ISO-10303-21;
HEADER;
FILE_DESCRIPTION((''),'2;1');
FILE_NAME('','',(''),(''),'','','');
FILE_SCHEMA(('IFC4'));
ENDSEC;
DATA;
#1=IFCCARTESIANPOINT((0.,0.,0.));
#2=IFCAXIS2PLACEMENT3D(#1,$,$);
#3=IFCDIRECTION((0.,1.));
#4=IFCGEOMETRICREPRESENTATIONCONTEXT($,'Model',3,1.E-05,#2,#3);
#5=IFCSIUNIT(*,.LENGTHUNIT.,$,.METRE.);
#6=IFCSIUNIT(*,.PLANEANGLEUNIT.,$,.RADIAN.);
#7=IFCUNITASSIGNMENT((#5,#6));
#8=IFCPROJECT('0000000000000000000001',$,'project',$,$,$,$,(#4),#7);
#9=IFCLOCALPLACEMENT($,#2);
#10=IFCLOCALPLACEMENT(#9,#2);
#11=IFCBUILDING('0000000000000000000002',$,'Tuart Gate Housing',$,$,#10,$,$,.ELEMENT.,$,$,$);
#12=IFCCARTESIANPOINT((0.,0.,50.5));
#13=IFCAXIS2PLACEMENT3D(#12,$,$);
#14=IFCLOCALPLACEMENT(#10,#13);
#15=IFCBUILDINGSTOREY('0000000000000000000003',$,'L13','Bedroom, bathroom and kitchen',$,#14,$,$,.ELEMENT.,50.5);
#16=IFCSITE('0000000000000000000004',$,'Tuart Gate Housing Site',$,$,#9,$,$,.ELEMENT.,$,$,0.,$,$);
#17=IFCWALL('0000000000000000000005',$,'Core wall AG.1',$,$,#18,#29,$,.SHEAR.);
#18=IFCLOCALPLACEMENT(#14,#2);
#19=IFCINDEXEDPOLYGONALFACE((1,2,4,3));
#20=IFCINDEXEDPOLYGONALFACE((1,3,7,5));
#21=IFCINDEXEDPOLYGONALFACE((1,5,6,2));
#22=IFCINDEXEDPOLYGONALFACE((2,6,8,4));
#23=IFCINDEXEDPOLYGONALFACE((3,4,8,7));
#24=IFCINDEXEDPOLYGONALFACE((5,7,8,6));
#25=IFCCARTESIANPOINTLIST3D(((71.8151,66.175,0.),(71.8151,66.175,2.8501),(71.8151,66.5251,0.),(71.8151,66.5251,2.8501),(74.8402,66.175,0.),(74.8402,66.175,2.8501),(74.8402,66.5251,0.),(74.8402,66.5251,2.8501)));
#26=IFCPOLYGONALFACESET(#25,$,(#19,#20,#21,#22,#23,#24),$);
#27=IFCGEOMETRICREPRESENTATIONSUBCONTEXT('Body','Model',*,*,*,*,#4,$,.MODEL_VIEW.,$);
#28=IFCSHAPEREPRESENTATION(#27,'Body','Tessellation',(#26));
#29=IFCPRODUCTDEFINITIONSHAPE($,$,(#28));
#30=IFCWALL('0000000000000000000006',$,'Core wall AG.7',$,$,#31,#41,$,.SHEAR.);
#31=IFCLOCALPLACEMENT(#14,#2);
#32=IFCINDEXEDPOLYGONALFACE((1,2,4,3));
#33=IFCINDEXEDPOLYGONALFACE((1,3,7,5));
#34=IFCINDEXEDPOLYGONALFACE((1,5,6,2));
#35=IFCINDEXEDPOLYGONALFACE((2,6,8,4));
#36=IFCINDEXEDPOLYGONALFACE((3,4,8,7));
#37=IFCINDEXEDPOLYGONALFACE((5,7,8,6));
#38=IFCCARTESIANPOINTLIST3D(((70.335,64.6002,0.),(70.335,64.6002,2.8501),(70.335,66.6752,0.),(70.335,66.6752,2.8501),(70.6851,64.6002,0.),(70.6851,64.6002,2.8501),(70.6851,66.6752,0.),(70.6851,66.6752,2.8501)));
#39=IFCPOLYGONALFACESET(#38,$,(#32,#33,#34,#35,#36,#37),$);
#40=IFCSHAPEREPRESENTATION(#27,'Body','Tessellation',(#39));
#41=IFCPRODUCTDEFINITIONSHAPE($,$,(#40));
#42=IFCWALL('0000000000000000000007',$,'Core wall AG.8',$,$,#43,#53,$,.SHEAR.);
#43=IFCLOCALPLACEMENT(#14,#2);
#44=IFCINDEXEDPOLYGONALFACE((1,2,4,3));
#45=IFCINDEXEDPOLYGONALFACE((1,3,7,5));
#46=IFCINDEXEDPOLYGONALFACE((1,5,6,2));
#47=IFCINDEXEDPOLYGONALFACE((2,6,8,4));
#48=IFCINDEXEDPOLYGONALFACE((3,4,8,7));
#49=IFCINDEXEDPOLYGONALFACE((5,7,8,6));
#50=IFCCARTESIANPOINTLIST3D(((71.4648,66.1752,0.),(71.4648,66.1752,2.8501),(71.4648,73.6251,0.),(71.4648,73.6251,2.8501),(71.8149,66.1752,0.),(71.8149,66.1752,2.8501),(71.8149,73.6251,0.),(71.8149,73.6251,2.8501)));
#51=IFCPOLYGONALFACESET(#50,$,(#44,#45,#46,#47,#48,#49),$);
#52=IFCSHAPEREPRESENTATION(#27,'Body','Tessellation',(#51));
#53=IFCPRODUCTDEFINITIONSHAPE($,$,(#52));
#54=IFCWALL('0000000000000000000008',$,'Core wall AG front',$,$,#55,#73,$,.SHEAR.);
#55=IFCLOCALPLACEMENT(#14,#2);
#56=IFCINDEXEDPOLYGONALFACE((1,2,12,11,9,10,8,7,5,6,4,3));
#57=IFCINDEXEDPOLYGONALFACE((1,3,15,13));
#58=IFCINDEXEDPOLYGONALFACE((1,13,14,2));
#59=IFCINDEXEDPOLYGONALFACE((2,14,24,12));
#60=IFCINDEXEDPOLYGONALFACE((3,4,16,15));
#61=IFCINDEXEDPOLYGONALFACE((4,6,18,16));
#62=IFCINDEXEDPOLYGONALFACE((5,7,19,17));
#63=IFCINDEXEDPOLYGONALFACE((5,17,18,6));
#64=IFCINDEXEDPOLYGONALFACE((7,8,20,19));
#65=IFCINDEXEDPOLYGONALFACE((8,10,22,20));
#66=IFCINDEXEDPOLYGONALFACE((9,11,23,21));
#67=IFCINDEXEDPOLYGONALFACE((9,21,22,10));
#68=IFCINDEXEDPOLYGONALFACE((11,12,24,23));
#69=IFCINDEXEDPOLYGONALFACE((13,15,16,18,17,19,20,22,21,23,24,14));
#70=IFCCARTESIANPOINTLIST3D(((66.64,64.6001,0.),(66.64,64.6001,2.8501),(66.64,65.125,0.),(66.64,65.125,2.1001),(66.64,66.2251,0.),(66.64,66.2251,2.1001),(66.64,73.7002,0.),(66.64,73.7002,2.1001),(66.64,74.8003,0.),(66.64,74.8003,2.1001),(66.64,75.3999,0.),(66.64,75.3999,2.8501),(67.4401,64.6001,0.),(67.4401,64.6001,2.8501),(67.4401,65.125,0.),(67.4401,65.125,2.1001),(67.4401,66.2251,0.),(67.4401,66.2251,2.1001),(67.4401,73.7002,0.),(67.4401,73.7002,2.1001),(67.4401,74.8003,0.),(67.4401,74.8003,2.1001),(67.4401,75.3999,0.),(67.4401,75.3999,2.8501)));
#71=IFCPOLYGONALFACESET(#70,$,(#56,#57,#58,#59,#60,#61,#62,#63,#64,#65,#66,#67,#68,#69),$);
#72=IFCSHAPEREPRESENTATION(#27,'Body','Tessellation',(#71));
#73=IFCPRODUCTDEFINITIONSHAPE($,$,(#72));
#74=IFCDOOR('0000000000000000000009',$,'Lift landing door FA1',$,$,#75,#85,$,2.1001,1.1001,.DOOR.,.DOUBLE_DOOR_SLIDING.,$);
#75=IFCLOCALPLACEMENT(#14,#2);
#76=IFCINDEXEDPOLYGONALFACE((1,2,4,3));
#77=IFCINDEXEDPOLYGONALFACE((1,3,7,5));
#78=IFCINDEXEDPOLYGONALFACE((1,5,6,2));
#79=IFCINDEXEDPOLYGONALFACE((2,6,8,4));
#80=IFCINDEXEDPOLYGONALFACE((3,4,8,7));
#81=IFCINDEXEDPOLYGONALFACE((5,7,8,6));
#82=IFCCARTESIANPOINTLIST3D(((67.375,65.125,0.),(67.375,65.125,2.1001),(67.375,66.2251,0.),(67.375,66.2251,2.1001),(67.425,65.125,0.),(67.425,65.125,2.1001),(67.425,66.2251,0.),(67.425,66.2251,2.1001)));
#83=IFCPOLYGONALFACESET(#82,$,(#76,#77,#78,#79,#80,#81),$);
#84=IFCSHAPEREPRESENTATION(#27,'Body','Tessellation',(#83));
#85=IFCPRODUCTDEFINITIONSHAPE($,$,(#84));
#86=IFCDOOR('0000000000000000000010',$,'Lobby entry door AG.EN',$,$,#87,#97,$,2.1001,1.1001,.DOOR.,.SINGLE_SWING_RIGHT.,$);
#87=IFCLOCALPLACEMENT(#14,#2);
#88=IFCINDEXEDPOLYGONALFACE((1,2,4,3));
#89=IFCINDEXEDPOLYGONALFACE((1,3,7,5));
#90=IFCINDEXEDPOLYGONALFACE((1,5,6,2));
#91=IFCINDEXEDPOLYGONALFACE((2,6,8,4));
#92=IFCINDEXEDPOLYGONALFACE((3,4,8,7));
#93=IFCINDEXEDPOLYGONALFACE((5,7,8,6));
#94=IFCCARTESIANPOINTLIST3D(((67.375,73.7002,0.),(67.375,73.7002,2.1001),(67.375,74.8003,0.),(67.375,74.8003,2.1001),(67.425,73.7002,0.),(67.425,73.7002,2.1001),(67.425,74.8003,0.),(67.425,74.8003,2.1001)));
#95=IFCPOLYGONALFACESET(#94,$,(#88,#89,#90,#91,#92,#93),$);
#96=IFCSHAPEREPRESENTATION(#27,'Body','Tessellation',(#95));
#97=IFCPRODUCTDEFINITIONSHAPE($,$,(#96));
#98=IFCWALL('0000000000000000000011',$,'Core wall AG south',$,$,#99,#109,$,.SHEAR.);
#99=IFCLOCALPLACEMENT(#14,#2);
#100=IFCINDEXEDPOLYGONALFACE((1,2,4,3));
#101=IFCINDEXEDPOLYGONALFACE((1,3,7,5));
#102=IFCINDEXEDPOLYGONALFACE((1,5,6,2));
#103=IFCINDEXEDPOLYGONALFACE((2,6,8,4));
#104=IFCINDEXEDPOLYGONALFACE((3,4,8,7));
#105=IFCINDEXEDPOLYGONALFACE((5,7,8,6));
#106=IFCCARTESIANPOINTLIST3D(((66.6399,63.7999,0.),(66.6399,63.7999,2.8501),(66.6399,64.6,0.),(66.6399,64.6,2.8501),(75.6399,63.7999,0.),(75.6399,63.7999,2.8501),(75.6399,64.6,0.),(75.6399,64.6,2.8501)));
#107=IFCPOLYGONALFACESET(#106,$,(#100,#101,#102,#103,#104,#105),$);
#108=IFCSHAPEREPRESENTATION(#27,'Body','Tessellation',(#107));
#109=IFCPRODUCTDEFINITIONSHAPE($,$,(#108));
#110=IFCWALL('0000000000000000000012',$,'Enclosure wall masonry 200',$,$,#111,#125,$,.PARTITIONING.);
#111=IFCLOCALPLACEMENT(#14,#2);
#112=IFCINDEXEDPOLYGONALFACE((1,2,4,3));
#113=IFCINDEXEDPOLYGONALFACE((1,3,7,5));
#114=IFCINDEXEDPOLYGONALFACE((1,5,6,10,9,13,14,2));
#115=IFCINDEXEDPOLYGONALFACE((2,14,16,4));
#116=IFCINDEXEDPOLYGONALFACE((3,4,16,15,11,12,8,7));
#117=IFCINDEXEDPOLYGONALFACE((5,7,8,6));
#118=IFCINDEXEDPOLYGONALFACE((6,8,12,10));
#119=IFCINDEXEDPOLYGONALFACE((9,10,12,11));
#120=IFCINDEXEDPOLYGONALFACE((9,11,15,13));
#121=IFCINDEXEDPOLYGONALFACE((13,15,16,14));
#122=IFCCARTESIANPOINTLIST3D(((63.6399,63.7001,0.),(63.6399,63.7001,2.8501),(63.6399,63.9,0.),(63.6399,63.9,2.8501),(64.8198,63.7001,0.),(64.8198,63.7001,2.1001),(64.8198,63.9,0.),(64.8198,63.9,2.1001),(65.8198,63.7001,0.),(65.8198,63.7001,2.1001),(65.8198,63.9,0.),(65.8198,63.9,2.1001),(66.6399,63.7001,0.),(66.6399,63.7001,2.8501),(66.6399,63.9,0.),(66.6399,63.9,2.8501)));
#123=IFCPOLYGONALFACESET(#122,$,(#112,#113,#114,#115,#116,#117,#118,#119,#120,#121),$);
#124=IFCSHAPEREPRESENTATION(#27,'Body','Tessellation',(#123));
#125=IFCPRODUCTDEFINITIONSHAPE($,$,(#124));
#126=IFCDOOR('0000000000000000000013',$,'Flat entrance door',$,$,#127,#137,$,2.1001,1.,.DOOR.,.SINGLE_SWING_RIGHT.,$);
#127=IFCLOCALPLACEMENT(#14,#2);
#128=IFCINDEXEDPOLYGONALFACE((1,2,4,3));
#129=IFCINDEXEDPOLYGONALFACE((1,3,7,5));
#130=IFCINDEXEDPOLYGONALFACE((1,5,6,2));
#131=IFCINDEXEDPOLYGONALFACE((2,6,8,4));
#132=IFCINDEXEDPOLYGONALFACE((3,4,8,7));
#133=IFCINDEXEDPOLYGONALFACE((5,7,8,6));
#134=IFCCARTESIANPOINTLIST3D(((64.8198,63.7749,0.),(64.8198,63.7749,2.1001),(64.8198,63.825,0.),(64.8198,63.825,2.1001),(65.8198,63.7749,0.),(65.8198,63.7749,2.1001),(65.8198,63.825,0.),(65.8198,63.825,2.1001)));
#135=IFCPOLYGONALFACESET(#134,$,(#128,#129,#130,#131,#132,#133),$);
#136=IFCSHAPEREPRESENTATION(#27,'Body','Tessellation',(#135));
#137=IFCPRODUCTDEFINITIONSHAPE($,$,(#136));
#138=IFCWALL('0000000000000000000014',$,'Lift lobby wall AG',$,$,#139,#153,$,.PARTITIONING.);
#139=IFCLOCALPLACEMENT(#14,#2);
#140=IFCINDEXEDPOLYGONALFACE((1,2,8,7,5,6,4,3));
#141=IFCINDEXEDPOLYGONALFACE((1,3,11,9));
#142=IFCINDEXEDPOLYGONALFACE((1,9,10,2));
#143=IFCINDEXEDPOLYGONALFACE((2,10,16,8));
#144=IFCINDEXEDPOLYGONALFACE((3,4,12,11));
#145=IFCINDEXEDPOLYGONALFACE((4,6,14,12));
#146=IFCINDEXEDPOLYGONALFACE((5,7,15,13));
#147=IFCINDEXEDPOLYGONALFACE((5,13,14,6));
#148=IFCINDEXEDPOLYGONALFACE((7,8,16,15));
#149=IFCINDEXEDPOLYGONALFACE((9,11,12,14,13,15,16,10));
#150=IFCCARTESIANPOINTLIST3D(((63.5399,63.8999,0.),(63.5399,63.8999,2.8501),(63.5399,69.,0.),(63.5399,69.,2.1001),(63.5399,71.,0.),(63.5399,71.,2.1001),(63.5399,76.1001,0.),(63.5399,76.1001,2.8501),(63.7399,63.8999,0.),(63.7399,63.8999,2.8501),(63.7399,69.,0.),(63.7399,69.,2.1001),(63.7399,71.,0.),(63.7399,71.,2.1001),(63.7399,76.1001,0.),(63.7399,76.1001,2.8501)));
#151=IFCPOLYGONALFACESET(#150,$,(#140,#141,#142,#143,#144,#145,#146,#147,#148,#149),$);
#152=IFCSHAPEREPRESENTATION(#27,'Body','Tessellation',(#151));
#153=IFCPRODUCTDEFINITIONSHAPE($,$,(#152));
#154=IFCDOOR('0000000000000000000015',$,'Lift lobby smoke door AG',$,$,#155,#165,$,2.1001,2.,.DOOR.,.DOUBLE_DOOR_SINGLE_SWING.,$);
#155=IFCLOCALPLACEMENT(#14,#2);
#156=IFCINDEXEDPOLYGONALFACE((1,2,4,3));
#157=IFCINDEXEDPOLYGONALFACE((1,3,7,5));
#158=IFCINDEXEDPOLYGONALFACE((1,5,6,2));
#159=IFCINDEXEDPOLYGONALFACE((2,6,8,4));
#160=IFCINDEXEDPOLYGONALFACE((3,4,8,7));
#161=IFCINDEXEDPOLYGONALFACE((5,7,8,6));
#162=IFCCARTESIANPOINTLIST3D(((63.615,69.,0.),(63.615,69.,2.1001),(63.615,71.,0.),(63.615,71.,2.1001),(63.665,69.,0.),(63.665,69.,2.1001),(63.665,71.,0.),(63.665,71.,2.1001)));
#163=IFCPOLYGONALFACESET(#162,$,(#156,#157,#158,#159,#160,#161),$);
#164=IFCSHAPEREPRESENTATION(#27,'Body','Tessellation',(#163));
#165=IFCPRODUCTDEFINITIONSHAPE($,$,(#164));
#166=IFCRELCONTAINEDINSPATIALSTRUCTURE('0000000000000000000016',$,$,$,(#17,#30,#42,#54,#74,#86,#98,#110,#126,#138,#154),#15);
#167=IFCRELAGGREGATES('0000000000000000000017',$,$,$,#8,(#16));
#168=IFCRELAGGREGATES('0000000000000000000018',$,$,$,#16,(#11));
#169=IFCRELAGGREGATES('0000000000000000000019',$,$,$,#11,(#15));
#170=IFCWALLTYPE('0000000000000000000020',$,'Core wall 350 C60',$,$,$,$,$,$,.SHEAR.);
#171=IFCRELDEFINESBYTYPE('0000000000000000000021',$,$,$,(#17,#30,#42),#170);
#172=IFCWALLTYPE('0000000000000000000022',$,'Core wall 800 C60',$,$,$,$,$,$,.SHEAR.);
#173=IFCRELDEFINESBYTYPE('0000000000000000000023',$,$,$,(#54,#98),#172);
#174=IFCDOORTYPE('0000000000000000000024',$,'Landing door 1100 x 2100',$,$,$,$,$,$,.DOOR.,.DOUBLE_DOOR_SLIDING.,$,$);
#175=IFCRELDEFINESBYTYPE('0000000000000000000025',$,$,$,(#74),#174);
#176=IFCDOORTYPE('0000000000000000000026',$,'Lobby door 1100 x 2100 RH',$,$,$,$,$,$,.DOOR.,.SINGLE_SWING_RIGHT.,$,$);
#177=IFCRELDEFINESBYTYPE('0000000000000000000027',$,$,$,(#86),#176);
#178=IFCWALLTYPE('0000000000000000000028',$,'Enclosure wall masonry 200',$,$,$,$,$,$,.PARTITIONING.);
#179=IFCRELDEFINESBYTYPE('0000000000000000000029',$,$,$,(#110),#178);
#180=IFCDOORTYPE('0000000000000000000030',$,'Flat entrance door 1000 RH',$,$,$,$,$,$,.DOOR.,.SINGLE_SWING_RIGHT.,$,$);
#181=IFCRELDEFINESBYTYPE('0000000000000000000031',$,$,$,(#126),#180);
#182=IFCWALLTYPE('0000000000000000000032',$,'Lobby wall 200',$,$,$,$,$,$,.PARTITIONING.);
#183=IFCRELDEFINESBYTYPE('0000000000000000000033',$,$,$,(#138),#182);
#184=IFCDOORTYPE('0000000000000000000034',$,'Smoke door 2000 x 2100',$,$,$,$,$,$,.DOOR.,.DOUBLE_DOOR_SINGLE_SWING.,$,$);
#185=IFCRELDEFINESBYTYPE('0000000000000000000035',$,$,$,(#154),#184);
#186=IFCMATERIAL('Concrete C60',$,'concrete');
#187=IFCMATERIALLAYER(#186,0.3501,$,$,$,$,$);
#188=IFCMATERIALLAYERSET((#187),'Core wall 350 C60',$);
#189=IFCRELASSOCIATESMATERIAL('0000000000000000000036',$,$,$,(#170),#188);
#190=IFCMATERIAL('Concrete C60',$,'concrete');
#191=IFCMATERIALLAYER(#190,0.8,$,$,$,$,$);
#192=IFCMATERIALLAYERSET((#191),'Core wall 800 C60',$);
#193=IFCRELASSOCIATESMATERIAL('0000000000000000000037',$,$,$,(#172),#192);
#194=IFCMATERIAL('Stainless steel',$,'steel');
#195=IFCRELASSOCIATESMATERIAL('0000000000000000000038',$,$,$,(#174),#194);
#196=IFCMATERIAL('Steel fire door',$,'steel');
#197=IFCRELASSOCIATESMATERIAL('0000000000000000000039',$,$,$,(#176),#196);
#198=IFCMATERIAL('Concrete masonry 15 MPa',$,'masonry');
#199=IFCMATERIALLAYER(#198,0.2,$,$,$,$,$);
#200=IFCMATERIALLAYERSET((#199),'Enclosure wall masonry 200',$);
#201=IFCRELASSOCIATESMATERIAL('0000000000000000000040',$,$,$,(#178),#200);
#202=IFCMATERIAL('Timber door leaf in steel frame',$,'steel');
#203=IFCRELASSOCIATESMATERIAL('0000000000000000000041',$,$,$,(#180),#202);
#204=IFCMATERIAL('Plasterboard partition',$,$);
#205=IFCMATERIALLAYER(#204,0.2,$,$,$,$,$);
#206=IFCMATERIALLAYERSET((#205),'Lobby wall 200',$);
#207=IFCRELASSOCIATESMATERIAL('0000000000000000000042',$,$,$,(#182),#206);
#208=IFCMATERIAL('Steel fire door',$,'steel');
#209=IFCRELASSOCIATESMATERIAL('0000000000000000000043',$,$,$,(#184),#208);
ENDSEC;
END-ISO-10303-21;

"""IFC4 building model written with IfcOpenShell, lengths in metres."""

from ifc_helpers import new_model, si_unit, direction, frame, frame_2d, origin, place, context, subcontext, project, spatial, rectangle, extrude, material, layer, layer_set, type_object, element, fill, save


model = new_model("IFC4")

# Units and contexts
model_context = context("Model", 3, precision=1e-05, world=origin(), true_north=direction((0.0, 1.0)))
body_context = subcontext(model_context, "Body", "Model", "MODEL_VIEW")
ifc_project = project(units=[si_unit("LENGTHUNIT", "METRE"), si_unit("PLANEANGLEUNIT", "RADIAN")], contexts=[model_context])

# Site, building, storey
site_placement = place(None, origin())
site = spatial("IfcSite", under=ifc_project, at=site_placement, Name="Tuart Gate Housing Site", CompositionType="ELEMENT", RefElevation=0.0)
building_placement = place(site_placement, origin())
building = spatial("IfcBuilding", under=site, at=building_placement, Name="Tuart Gate Housing", CompositionType="ELEMENT")
storey_placement = place(building_placement, frame((0.0, 0.0, 50.5)))
storey = spatial("IfcBuildingStorey", under=building, at=storey_placement, Name="L13", Description="Bedroom, bathroom and kitchen", CompositionType="ELEMENT", Elevation=50.5)

# Walls
ifc_material_1 = material(Name="Concrete C60", Category="concrete")
ifc_layer_1 = layer(ifc_material_1, 0.3501)
ifc_layer_set_1 = layer_set([ifc_layer_1], Name="Core wall 350 C60")
wall_type_1 = type_object("IfcWallType", Name="Core wall 350 C60", PredefinedType="SHEAR", material=ifc_layer_set_1)
wall_1_placement = place(storey_placement, frame((71.8149, 66.3501, 0.0), z_axis=(0.0, 0.0, 1.0), x_axis=(1.0, 0.0, 0.0)))
element("IfcWall", 1, at=wall_1_placement, inside=storey, type_object=wall_type_1, Name="Core wall AG.1", PredefinedType="SHEAR", context=body_context, shape_type="SweptSolid", body=[
    extrude(rectangle(XDim=3.0251, YDim=0.3501, at=frame_2d((1.5127, 0.0))), origin(), (0.0, 0.0, 1.0), 2.8501),
])
wall_2_placement = place(storey_placement, frame((70.51, 64.6001, 0.0), z_axis=(0.0, 0.0, 1.0), x_axis=(0.0, 1.0, 0.0)))
element("IfcWall", 2, at=wall_2_placement, inside=storey, type_object=wall_type_1, Name="Core wall AG.7", PredefinedType="SHEAR", context=body_context, shape_type="SweptSolid", body=[
    extrude(rectangle(XDim=2.075, YDim=0.3501, at=frame_2d((1.0376, 0.0))), origin(), (0.0, 0.0, 1.0), 2.8501),
])
wall_3_placement = place(storey_placement, frame((71.6399, 66.175, 0.0), z_axis=(0.0, 0.0, 1.0), x_axis=(0.0, 1.0, 0.0)))
element("IfcWall", 3, at=wall_3_placement, inside=storey, type_object=wall_type_1, Name="Core wall AG.8", PredefinedType="SHEAR", context=body_context, shape_type="SweptSolid", body=[
    extrude(rectangle(XDim=7.45, YDim=0.3501, at=frame_2d((3.7251, 0.0))), origin(), (0.0, 0.0, 1.0), 2.8501),
])

# Wall, openings, doors
ifc_material_2 = material(Name="Concrete C60", Category="concrete")
ifc_layer_2 = layer(ifc_material_2, 0.8)
ifc_layer_set_2 = layer_set([ifc_layer_2], Name="Core wall 800 C60")
wall_type_2 = type_object("IfcWallType", Name="Core wall 800 C60", PredefinedType="SHEAR", material=ifc_layer_set_2)
wall_4_placement = place(storey_placement, frame((67.04, 64.6001, 0.0), z_axis=(0.0, 0.0, 1.0), x_axis=(0.0, 1.0, 0.0)))
wall_4 = element("IfcWall", 4, at=wall_4_placement, inside=storey, type_object=wall_type_2, Name="Core wall AG front", PredefinedType="SHEAR", context=body_context, shape_type="SweptSolid", body=[
    extrude(rectangle(XDim=10.7998, YDim=0.8, at=frame_2d((5.3999, 0.0))), origin(), (0.0, 0.0, 1.0), 2.8501),
])
opening_1_placement = place(wall_4_placement, frame((0.5249, 0.0, 0.0)))
opening_1 = element("IfcOpeningElement", 5, at=opening_1_placement, cuts=wall_4, PredefinedType="OPENING", context=body_context, shape_type="SweptSolid", body=[
    extrude(rectangle(XDim=1.1001, YDim=2.1001, at=frame_2d((0.55, 1.05))), frame((0.0, 0.4099, 0.0), z_axis=(0.0, -1.0, 0.0), x_axis=(1.0, 0.0, 0.0)), (0.0, 0.0, 1.0), 0.8201),
])
opening_2_placement = place(wall_4_placement, frame((9.1001, 0.0, 0.0)))
opening_2 = element("IfcOpeningElement", 6, at=opening_2_placement, cuts=wall_4, PredefinedType="OPENING", context=body_context, shape_type="SweptSolid", body=[
    extrude(rectangle(XDim=1.1001, YDim=2.1001, at=frame_2d((0.55, 1.05))), frame((0.0, 0.4099, 0.0), z_axis=(0.0, -1.0, 0.0), x_axis=(1.0, 0.0, 0.0)), (0.0, 0.0, 1.0), 0.8201),
])
ifc_material_3 = material(Name="Stainless steel", Category="steel")
door_type_1 = type_object("IfcDoorType", Name="Landing door 1100 x 2100", OperationType="DOUBLE_DOOR_SLIDING", PredefinedType="DOOR", material=ifc_material_3)
door_1_placement = place(opening_1_placement, origin())
door_1 = element("IfcDoor", 7, at=door_1_placement, inside=storey, type_object=door_type_1, Name="Lift landing door FA1", OperationType="DOUBLE_DOOR_SLIDING", OverallHeight=2.1001, OverallWidth=1.1001, PredefinedType="DOOR", context=body_context, shape_type="SweptSolid", body=[
    extrude(rectangle(XDim=1.1001, YDim=2.1001, at=frame_2d((0.55, 1.05))), frame((0.0, -0.335, 0.0), z_axis=(0.0, -1.0, 0.0), x_axis=(1.0, 0.0, 0.0)), (0.0, 0.0, 1.0), 0.05),
])
fill(opening_1, door_1)
ifc_material_4 = material(Name="Steel fire door", Category="steel")
door_type_2 = type_object("IfcDoorType", Name="Lobby door 1100 x 2100 RH", OperationType="SINGLE_SWING_RIGHT", PredefinedType="DOOR", material=ifc_material_4)
door_2_placement = place(opening_2_placement, frame((1.1001, 0.0, 0.0), z_axis=(0.0, 0.0, 1.0), x_axis=(-1.0, 0.0, 0.0)))
door_2 = element("IfcDoor", 8, at=door_2_placement, inside=storey, type_object=door_type_2, Name="Lobby entry door AG.EN", OperationType="SINGLE_SWING_RIGHT", OverallHeight=2.1001, OverallWidth=1.1001, PredefinedType="DOOR", context=body_context, shape_type="SweptSolid", body=[
    extrude(rectangle(XDim=1.1001, YDim=2.1001, at=frame_2d((0.55, 1.05))), frame((0.0, 0.385, 0.0), z_axis=(0.0, -1.0, 0.0), x_axis=(1.0, 0.0, 0.0)), (0.0, 0.0, 1.0), 0.05),
])
fill(opening_2, door_2)

# Wall
wall_5_placement = place(storey_placement, frame((66.6399, 64.2, 0.0), z_axis=(0.0, 0.0, 1.0), x_axis=(1.0, 0.0, 0.0)))
element("IfcWall", 9, at=wall_5_placement, inside=storey, type_object=wall_type_2, Name="Core wall AG south", PredefinedType="SHEAR", context=body_context, shape_type="SweptSolid", body=[
    extrude(rectangle(XDim=9.0, YDim=0.8, at=frame_2d((4.5, 0.0))), origin(), (0.0, 0.0, 1.0), 2.8501),
])

# Walls, openings, doors
ifc_material_5 = material(Name="Concrete masonry 15 MPa", Category="masonry")
ifc_layer_3 = layer(ifc_material_5, 0.2)
ifc_layer_set_3 = layer_set([ifc_layer_3], Name="Enclosure wall masonry 200")
wall_type_3 = type_object("IfcWallType", Name="Enclosure wall masonry 200", PredefinedType="PARTITIONING", material=ifc_layer_set_3)
wall_6_placement = place(storey_placement, frame((63.6399, 63.8, 0.0), z_axis=(0.0, 0.0, 1.0), x_axis=(1.0, 0.0, 0.0)))
wall_6 = element("IfcWall", 10, at=wall_6_placement, inside=storey, type_object=wall_type_3, Name="Enclosure wall masonry 200", PredefinedType="PARTITIONING", context=body_context, shape_type="SweptSolid", body=[
    extrude(rectangle(XDim=3.0, YDim=0.2, at=frame_2d((1.5, 0.0))), origin(), (0.0, 0.0, 1.0), 2.8501),
])
opening_3_placement = place(wall_6_placement, frame((1.1799, 0.0, 0.0)))
opening_3 = element("IfcOpeningElement", 11, at=opening_3_placement, cuts=wall_6, PredefinedType="OPENING", context=body_context, shape_type="SweptSolid", body=[
    extrude(rectangle(XDim=1.0, YDim=2.1001, at=frame_2d((0.5, 1.05))), frame((0.0, 0.1099, 0.0), z_axis=(0.0, -1.0, 0.0), x_axis=(1.0, 0.0, 0.0)), (0.0, 0.0, 1.0), 0.22),
])
ifc_material_6 = material(Name="Timber door leaf in steel frame", Category="steel")
door_type_3 = type_object("IfcDoorType", Name="Flat entrance door 1000 RH", OperationType="SINGLE_SWING_RIGHT", PredefinedType="DOOR", material=ifc_material_6)
door_3_placement = place(opening_3_placement, frame((1.0, 0.0, 0.0), z_axis=(0.0, 0.0, 1.0), x_axis=(-1.0, 0.0, 0.0)))
door_3 = element("IfcDoor", 12, at=door_3_placement, inside=storey, type_object=door_type_3, Name="Flat entrance door", OperationType="SINGLE_SWING_RIGHT", OverallHeight=2.1001, OverallWidth=1.0, PredefinedType="DOOR", context=body_context, shape_type="SweptSolid", body=[
    extrude(rectangle(XDim=1.0, YDim=2.1001, at=frame_2d((0.5, 1.05))), frame((0.0, 0.0251, 0.0), z_axis=(0.0, -1.0, 0.0), x_axis=(1.0, 0.0, 0.0)), (0.0, 0.0, 1.0), 0.05),
])
fill(opening_3, door_3)
ifc_material_7 = material(Name="Plasterboard partition")
ifc_layer_4 = layer(ifc_material_7, 0.2)
ifc_layer_set_4 = layer_set([ifc_layer_4], Name="Lobby wall 200")
wall_type_4 = type_object("IfcWallType", Name="Lobby wall 200", PredefinedType="PARTITIONING", material=ifc_layer_set_4)
wall_7_placement = place(storey_placement, frame((63.6399, 63.8999, 0.0), z_axis=(0.0, 0.0, 1.0), x_axis=(0.0, 1.0, 0.0)))
wall_7 = element("IfcWall", 13, at=wall_7_placement, inside=storey, type_object=wall_type_4, Name="Lift lobby wall AG", PredefinedType="PARTITIONING", context=body_context, shape_type="SweptSolid", body=[
    extrude(rectangle(XDim=12.2002, YDim=0.2, at=frame_2d((6.1001, 0.0))), origin(), (0.0, 0.0, 1.0), 2.8501),
])
opening_4_placement = place(wall_7_placement, frame((5.1001, 0.0, 0.0)))
opening_4 = element("IfcOpeningElement", 14, at=opening_4_placement, cuts=wall_7, PredefinedType="OPENING", context=body_context, shape_type="SweptSolid", body=[
    extrude(rectangle(XDim=2.0, YDim=2.1001, at=frame_2d((1.0, 1.05))), frame((0.0, 0.1099, 0.0), z_axis=(0.0, -1.0, 0.0), x_axis=(1.0, 0.0, 0.0)), (0.0, 0.0, 1.0), 0.22),
])
ifc_material_8 = material(Name="Steel fire door", Category="steel")
door_type_4 = type_object("IfcDoorType", Name="Smoke door 2000 x 2100", OperationType="DOUBLE_DOOR_SINGLE_SWING", PredefinedType="DOOR", material=ifc_material_8)
door_4_placement = place(opening_4_placement, frame((2.0, 0.0, 0.0), z_axis=(0.0, 0.0, 1.0), x_axis=(-1.0, 0.0, 0.0)))
door_4 = element("IfcDoor", 15, at=door_4_placement, inside=storey, type_object=door_type_4, Name="Lift lobby smoke door AG", OperationType="DOUBLE_DOOR_SINGLE_SWING", OverallHeight=2.1001, OverallWidth=2.0, PredefinedType="DOOR", context=body_context, shape_type="SweptSolid", body=[
    extrude(rectangle(XDim=2.0, YDim=2.1001, at=frame_2d((1.0, 1.05))), frame((0.0, 0.0251, 0.0), z_axis=(0.0, -1.0, 0.0), x_axis=(1.0, 0.0, 0.0)), (0.0, 0.0, 1.0), 0.05),
])
fill(opening_4, door_4)

save(model, "model.ifc")
